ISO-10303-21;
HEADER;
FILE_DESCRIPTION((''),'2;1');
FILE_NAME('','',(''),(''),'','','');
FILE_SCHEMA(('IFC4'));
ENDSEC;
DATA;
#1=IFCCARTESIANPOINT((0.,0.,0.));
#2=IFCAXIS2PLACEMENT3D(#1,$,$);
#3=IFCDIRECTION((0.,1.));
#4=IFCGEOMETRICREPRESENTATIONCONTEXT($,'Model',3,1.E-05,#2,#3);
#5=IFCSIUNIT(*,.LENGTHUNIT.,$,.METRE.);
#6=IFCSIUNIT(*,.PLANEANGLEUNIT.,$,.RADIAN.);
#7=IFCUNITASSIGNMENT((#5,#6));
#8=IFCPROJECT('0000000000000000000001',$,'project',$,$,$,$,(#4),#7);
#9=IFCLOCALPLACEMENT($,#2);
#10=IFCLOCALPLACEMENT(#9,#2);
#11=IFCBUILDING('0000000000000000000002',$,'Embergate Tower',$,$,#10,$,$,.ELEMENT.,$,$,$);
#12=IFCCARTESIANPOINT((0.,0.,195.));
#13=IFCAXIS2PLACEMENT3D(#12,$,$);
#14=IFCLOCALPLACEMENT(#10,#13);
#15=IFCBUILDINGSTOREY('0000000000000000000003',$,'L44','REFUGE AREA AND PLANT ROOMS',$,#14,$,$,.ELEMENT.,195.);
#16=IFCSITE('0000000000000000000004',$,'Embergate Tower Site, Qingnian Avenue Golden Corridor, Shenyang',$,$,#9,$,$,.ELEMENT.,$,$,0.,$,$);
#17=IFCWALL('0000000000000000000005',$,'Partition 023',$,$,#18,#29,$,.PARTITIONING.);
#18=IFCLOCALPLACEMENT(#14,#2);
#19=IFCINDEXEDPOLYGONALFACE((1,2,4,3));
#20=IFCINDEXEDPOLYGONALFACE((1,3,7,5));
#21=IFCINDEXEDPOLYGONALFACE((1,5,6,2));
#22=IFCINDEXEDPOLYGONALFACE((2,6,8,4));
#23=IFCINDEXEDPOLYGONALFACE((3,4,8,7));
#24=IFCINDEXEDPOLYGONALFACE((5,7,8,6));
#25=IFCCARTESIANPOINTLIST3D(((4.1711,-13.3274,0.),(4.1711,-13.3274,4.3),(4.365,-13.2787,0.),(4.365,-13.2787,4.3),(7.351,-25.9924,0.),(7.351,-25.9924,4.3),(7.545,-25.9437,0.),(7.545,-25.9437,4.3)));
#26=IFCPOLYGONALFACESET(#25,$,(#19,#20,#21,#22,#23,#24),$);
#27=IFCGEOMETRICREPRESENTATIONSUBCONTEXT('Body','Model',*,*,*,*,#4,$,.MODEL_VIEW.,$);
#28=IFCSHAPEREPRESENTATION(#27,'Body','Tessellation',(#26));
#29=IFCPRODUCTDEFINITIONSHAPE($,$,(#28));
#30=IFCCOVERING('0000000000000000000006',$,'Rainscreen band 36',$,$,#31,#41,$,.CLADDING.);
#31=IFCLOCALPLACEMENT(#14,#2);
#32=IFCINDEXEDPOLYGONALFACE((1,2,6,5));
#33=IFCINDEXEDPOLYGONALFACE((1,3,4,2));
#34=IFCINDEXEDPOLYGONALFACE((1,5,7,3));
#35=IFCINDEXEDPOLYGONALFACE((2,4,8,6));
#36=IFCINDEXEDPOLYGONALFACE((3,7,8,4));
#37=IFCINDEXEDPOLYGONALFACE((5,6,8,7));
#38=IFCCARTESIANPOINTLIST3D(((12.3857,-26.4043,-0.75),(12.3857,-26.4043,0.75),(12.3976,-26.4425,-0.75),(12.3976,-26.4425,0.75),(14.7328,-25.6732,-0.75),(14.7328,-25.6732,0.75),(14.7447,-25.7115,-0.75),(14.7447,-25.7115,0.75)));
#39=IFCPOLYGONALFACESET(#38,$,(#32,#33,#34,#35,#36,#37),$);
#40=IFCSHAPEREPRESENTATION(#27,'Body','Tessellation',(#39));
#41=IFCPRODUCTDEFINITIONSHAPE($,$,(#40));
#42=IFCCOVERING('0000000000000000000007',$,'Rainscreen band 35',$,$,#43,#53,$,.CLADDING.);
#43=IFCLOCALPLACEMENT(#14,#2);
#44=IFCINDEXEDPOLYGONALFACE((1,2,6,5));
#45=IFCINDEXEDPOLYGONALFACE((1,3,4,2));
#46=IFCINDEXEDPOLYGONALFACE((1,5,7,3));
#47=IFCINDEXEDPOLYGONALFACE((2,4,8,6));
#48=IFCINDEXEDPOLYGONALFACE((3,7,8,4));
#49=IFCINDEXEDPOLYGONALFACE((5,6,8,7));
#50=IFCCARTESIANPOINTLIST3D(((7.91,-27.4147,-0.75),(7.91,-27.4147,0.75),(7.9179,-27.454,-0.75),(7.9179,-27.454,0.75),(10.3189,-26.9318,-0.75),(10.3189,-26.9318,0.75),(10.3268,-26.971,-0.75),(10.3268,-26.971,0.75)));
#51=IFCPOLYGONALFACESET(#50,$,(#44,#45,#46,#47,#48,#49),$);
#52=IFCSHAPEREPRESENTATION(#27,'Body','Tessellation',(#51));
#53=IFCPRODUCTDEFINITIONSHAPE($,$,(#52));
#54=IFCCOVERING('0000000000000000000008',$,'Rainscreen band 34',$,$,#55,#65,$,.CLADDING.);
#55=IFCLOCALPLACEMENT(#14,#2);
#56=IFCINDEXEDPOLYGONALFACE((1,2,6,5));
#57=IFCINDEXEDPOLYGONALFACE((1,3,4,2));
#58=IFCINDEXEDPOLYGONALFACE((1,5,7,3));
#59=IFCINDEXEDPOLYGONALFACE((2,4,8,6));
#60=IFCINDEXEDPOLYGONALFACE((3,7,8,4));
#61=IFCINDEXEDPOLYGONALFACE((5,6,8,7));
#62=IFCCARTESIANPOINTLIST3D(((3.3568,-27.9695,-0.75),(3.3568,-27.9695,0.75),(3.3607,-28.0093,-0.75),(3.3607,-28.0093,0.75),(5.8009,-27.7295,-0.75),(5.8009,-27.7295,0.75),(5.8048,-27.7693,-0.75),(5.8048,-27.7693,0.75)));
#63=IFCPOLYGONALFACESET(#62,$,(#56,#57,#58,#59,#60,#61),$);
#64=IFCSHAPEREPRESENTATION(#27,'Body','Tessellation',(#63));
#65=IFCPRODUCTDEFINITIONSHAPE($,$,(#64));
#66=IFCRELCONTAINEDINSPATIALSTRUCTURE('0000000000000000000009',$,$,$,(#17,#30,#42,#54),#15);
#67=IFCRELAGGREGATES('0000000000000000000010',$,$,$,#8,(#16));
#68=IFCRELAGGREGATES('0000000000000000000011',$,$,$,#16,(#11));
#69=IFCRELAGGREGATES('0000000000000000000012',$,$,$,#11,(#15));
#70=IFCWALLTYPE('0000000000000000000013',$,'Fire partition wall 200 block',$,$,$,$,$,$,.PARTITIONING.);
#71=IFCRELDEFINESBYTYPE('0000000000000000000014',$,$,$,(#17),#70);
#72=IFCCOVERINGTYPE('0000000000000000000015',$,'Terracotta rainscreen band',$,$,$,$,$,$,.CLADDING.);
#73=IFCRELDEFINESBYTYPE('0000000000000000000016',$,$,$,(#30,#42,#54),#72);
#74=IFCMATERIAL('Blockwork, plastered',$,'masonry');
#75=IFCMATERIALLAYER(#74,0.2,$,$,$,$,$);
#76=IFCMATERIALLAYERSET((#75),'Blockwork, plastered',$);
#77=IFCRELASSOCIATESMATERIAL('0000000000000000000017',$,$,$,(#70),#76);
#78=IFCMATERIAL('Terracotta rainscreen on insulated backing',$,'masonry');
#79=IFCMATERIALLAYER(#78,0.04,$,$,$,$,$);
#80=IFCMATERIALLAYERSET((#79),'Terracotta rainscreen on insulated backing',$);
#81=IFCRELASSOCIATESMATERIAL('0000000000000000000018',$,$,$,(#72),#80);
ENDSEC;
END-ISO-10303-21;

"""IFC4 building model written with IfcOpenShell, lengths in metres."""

from ifc_helpers import new_model, si_unit, direction, frame, frame_2d, origin, origin_2d, place, context, subcontext, project, spatial, rectangle, extrude, source, transform, mapped, material, layer, layer_set, type_object, element, save


model = new_model("IFC4")

# Units and contexts
model_context = context("Model", 3, precision=1e-05, world=origin(), true_north=direction((0.0, 1.0)))
body_context = subcontext(model_context, "Body", "Model", "MODEL_VIEW")
ifc_project = project(units=[si_unit("LENGTHUNIT", "METRE"), si_unit("PLANEANGLEUNIT", "RADIAN")], contexts=[model_context])

# Site, building, storey
site_placement = place(None, origin())
site = spatial("IfcSite", under=ifc_project, at=site_placement, Name="Embergate Tower Site, Qingnian Avenue Golden Corridor, Shenyang", CompositionType="ELEMENT", RefElevation=0.0)
building_placement = place(site_placement, origin())
building = spatial("IfcBuilding", under=site, at=building_placement, Name="Embergate Tower", CompositionType="ELEMENT")
storey_placement = place(building_placement, frame((0.0, 0.0, 195.0)))
storey = spatial("IfcBuildingStorey", under=building, at=storey_placement, Name="L44", Description="REFUGE AREA AND PLANT ROOMS", CompositionType="ELEMENT", Elevation=195.0)

# Wall
ifc_material_1 = material(Name="Blockwork, plastered", Category="masonry")
ifc_layer_1 = layer(ifc_material_1, 0.2)
ifc_layer_set_1 = layer_set([ifc_layer_1], Name="Blockwork, plastered")
wall_type_1 = type_object("IfcWallType", Name="Fire partition wall 200 block", PredefinedType="PARTITIONING", material=ifc_layer_set_1)
shared_shape_1 = source(origin(), body_context, "Body", "SweptSolid", [
    extrude(rectangle(XDim=13.0581, YDim=0.2, at=frame_2d((6.5291, 0.0))), origin(), (0.0, 0.0, 1.0), 4.3),
])
wall_1_placement = place(storey_placement, frame((7.448, -25.968, 0.0), z_axis=(0.0, 0.0, 1.0), x_axis=(-0.243521, 0.969896, 0.0)))
element("IfcWall", 1, at=wall_1_placement, inside=storey, type_object=wall_type_1, Name="Partition 023", PredefinedType="PARTITIONING", context=body_context, shape_type="MappedRepresentation", body=[
    mapped(shared_shape_1, transform((0.0, 0.0, 0.0))),
])

# Coverings
ifc_material_2 = material(Name="Terracotta rainscreen on insulated backing", Category="masonry")
ifc_layer_2 = layer(ifc_material_2, 0.04)
ifc_layer_set_2 = layer_set([ifc_layer_2], Name="Terracotta rainscreen on insulated backing")
covering_type = type_object("IfcCoveringType", Name="Terracotta rainscreen band", PredefinedType="CLADDING", material=ifc_layer_set_2)
shared_shape_2 = source(origin(), body_context, "Body", "SweptSolid", [
    extrude(rectangle(XDim=2.4583, YDim=0.04, at=origin_2d()), origin(), (0.0, 0.0, 1.0), 1.5),
])
covering_1_placement = place(storey_placement, frame((13.5652, -26.0579, -0.75), z_axis=(0.0, 0.0, 1.0), x_axis=(0.954762, 0.297372, 0.0)))
element("IfcCovering", 2, at=covering_1_placement, inside=storey, type_object=covering_type, Name="Rainscreen band 36", PredefinedType="CLADDING", context=body_context, shape_type="MappedRepresentation", body=[
    mapped(shared_shape_2, transform((0.0, 0.0, 0.0))),
])
shared_shape_3 = source(origin(), body_context, "Body", "SweptSolid", [
    extrude(rectangle(XDim=2.4568, YDim=0.04, at=origin_2d()), origin(), (0.0, 0.0, 1.0), 1.5),
])
covering_2_placement = place(storey_placement, frame((9.1184, -27.1929, -0.75), z_axis=(0.0, 0.0, 1.0), x_axis=(0.980487, 0.196586, 0.0)))
element("IfcCovering", 3, at=covering_2_placement, inside=storey, type_object=covering_type, Name="Rainscreen band 35", PredefinedType="CLADDING", context=body_context, shape_type="MappedRepresentation", body=[
    mapped(shared_shape_3, transform((0.0, 0.0, 0.0))),
])
shared_shape_4 = source(origin(), body_context, "Body", "SweptSolid", [
    extrude(rectangle(XDim=2.4558, YDim=0.04, at=origin_2d()), origin(), (0.0, 0.0, 1.0), 1.5),
])
covering_3_placement = place(storey_placement, frame((4.5808, -27.8694, -0.75), z_axis=(0.0, 0.0, 1.0), x_axis=(0.995213, 0.097729, 0.0)))
element("IfcCovering", 4, at=covering_3_placement, inside=storey, type_object=covering_type, Name="Rainscreen band 34", PredefinedType="CLADDING", context=body_context, shape_type="MappedRepresentation", body=[
    mapped(shared_shape_4, transform((0.0, 0.0, 0.0))),
])

save(model, "model.ifc")
